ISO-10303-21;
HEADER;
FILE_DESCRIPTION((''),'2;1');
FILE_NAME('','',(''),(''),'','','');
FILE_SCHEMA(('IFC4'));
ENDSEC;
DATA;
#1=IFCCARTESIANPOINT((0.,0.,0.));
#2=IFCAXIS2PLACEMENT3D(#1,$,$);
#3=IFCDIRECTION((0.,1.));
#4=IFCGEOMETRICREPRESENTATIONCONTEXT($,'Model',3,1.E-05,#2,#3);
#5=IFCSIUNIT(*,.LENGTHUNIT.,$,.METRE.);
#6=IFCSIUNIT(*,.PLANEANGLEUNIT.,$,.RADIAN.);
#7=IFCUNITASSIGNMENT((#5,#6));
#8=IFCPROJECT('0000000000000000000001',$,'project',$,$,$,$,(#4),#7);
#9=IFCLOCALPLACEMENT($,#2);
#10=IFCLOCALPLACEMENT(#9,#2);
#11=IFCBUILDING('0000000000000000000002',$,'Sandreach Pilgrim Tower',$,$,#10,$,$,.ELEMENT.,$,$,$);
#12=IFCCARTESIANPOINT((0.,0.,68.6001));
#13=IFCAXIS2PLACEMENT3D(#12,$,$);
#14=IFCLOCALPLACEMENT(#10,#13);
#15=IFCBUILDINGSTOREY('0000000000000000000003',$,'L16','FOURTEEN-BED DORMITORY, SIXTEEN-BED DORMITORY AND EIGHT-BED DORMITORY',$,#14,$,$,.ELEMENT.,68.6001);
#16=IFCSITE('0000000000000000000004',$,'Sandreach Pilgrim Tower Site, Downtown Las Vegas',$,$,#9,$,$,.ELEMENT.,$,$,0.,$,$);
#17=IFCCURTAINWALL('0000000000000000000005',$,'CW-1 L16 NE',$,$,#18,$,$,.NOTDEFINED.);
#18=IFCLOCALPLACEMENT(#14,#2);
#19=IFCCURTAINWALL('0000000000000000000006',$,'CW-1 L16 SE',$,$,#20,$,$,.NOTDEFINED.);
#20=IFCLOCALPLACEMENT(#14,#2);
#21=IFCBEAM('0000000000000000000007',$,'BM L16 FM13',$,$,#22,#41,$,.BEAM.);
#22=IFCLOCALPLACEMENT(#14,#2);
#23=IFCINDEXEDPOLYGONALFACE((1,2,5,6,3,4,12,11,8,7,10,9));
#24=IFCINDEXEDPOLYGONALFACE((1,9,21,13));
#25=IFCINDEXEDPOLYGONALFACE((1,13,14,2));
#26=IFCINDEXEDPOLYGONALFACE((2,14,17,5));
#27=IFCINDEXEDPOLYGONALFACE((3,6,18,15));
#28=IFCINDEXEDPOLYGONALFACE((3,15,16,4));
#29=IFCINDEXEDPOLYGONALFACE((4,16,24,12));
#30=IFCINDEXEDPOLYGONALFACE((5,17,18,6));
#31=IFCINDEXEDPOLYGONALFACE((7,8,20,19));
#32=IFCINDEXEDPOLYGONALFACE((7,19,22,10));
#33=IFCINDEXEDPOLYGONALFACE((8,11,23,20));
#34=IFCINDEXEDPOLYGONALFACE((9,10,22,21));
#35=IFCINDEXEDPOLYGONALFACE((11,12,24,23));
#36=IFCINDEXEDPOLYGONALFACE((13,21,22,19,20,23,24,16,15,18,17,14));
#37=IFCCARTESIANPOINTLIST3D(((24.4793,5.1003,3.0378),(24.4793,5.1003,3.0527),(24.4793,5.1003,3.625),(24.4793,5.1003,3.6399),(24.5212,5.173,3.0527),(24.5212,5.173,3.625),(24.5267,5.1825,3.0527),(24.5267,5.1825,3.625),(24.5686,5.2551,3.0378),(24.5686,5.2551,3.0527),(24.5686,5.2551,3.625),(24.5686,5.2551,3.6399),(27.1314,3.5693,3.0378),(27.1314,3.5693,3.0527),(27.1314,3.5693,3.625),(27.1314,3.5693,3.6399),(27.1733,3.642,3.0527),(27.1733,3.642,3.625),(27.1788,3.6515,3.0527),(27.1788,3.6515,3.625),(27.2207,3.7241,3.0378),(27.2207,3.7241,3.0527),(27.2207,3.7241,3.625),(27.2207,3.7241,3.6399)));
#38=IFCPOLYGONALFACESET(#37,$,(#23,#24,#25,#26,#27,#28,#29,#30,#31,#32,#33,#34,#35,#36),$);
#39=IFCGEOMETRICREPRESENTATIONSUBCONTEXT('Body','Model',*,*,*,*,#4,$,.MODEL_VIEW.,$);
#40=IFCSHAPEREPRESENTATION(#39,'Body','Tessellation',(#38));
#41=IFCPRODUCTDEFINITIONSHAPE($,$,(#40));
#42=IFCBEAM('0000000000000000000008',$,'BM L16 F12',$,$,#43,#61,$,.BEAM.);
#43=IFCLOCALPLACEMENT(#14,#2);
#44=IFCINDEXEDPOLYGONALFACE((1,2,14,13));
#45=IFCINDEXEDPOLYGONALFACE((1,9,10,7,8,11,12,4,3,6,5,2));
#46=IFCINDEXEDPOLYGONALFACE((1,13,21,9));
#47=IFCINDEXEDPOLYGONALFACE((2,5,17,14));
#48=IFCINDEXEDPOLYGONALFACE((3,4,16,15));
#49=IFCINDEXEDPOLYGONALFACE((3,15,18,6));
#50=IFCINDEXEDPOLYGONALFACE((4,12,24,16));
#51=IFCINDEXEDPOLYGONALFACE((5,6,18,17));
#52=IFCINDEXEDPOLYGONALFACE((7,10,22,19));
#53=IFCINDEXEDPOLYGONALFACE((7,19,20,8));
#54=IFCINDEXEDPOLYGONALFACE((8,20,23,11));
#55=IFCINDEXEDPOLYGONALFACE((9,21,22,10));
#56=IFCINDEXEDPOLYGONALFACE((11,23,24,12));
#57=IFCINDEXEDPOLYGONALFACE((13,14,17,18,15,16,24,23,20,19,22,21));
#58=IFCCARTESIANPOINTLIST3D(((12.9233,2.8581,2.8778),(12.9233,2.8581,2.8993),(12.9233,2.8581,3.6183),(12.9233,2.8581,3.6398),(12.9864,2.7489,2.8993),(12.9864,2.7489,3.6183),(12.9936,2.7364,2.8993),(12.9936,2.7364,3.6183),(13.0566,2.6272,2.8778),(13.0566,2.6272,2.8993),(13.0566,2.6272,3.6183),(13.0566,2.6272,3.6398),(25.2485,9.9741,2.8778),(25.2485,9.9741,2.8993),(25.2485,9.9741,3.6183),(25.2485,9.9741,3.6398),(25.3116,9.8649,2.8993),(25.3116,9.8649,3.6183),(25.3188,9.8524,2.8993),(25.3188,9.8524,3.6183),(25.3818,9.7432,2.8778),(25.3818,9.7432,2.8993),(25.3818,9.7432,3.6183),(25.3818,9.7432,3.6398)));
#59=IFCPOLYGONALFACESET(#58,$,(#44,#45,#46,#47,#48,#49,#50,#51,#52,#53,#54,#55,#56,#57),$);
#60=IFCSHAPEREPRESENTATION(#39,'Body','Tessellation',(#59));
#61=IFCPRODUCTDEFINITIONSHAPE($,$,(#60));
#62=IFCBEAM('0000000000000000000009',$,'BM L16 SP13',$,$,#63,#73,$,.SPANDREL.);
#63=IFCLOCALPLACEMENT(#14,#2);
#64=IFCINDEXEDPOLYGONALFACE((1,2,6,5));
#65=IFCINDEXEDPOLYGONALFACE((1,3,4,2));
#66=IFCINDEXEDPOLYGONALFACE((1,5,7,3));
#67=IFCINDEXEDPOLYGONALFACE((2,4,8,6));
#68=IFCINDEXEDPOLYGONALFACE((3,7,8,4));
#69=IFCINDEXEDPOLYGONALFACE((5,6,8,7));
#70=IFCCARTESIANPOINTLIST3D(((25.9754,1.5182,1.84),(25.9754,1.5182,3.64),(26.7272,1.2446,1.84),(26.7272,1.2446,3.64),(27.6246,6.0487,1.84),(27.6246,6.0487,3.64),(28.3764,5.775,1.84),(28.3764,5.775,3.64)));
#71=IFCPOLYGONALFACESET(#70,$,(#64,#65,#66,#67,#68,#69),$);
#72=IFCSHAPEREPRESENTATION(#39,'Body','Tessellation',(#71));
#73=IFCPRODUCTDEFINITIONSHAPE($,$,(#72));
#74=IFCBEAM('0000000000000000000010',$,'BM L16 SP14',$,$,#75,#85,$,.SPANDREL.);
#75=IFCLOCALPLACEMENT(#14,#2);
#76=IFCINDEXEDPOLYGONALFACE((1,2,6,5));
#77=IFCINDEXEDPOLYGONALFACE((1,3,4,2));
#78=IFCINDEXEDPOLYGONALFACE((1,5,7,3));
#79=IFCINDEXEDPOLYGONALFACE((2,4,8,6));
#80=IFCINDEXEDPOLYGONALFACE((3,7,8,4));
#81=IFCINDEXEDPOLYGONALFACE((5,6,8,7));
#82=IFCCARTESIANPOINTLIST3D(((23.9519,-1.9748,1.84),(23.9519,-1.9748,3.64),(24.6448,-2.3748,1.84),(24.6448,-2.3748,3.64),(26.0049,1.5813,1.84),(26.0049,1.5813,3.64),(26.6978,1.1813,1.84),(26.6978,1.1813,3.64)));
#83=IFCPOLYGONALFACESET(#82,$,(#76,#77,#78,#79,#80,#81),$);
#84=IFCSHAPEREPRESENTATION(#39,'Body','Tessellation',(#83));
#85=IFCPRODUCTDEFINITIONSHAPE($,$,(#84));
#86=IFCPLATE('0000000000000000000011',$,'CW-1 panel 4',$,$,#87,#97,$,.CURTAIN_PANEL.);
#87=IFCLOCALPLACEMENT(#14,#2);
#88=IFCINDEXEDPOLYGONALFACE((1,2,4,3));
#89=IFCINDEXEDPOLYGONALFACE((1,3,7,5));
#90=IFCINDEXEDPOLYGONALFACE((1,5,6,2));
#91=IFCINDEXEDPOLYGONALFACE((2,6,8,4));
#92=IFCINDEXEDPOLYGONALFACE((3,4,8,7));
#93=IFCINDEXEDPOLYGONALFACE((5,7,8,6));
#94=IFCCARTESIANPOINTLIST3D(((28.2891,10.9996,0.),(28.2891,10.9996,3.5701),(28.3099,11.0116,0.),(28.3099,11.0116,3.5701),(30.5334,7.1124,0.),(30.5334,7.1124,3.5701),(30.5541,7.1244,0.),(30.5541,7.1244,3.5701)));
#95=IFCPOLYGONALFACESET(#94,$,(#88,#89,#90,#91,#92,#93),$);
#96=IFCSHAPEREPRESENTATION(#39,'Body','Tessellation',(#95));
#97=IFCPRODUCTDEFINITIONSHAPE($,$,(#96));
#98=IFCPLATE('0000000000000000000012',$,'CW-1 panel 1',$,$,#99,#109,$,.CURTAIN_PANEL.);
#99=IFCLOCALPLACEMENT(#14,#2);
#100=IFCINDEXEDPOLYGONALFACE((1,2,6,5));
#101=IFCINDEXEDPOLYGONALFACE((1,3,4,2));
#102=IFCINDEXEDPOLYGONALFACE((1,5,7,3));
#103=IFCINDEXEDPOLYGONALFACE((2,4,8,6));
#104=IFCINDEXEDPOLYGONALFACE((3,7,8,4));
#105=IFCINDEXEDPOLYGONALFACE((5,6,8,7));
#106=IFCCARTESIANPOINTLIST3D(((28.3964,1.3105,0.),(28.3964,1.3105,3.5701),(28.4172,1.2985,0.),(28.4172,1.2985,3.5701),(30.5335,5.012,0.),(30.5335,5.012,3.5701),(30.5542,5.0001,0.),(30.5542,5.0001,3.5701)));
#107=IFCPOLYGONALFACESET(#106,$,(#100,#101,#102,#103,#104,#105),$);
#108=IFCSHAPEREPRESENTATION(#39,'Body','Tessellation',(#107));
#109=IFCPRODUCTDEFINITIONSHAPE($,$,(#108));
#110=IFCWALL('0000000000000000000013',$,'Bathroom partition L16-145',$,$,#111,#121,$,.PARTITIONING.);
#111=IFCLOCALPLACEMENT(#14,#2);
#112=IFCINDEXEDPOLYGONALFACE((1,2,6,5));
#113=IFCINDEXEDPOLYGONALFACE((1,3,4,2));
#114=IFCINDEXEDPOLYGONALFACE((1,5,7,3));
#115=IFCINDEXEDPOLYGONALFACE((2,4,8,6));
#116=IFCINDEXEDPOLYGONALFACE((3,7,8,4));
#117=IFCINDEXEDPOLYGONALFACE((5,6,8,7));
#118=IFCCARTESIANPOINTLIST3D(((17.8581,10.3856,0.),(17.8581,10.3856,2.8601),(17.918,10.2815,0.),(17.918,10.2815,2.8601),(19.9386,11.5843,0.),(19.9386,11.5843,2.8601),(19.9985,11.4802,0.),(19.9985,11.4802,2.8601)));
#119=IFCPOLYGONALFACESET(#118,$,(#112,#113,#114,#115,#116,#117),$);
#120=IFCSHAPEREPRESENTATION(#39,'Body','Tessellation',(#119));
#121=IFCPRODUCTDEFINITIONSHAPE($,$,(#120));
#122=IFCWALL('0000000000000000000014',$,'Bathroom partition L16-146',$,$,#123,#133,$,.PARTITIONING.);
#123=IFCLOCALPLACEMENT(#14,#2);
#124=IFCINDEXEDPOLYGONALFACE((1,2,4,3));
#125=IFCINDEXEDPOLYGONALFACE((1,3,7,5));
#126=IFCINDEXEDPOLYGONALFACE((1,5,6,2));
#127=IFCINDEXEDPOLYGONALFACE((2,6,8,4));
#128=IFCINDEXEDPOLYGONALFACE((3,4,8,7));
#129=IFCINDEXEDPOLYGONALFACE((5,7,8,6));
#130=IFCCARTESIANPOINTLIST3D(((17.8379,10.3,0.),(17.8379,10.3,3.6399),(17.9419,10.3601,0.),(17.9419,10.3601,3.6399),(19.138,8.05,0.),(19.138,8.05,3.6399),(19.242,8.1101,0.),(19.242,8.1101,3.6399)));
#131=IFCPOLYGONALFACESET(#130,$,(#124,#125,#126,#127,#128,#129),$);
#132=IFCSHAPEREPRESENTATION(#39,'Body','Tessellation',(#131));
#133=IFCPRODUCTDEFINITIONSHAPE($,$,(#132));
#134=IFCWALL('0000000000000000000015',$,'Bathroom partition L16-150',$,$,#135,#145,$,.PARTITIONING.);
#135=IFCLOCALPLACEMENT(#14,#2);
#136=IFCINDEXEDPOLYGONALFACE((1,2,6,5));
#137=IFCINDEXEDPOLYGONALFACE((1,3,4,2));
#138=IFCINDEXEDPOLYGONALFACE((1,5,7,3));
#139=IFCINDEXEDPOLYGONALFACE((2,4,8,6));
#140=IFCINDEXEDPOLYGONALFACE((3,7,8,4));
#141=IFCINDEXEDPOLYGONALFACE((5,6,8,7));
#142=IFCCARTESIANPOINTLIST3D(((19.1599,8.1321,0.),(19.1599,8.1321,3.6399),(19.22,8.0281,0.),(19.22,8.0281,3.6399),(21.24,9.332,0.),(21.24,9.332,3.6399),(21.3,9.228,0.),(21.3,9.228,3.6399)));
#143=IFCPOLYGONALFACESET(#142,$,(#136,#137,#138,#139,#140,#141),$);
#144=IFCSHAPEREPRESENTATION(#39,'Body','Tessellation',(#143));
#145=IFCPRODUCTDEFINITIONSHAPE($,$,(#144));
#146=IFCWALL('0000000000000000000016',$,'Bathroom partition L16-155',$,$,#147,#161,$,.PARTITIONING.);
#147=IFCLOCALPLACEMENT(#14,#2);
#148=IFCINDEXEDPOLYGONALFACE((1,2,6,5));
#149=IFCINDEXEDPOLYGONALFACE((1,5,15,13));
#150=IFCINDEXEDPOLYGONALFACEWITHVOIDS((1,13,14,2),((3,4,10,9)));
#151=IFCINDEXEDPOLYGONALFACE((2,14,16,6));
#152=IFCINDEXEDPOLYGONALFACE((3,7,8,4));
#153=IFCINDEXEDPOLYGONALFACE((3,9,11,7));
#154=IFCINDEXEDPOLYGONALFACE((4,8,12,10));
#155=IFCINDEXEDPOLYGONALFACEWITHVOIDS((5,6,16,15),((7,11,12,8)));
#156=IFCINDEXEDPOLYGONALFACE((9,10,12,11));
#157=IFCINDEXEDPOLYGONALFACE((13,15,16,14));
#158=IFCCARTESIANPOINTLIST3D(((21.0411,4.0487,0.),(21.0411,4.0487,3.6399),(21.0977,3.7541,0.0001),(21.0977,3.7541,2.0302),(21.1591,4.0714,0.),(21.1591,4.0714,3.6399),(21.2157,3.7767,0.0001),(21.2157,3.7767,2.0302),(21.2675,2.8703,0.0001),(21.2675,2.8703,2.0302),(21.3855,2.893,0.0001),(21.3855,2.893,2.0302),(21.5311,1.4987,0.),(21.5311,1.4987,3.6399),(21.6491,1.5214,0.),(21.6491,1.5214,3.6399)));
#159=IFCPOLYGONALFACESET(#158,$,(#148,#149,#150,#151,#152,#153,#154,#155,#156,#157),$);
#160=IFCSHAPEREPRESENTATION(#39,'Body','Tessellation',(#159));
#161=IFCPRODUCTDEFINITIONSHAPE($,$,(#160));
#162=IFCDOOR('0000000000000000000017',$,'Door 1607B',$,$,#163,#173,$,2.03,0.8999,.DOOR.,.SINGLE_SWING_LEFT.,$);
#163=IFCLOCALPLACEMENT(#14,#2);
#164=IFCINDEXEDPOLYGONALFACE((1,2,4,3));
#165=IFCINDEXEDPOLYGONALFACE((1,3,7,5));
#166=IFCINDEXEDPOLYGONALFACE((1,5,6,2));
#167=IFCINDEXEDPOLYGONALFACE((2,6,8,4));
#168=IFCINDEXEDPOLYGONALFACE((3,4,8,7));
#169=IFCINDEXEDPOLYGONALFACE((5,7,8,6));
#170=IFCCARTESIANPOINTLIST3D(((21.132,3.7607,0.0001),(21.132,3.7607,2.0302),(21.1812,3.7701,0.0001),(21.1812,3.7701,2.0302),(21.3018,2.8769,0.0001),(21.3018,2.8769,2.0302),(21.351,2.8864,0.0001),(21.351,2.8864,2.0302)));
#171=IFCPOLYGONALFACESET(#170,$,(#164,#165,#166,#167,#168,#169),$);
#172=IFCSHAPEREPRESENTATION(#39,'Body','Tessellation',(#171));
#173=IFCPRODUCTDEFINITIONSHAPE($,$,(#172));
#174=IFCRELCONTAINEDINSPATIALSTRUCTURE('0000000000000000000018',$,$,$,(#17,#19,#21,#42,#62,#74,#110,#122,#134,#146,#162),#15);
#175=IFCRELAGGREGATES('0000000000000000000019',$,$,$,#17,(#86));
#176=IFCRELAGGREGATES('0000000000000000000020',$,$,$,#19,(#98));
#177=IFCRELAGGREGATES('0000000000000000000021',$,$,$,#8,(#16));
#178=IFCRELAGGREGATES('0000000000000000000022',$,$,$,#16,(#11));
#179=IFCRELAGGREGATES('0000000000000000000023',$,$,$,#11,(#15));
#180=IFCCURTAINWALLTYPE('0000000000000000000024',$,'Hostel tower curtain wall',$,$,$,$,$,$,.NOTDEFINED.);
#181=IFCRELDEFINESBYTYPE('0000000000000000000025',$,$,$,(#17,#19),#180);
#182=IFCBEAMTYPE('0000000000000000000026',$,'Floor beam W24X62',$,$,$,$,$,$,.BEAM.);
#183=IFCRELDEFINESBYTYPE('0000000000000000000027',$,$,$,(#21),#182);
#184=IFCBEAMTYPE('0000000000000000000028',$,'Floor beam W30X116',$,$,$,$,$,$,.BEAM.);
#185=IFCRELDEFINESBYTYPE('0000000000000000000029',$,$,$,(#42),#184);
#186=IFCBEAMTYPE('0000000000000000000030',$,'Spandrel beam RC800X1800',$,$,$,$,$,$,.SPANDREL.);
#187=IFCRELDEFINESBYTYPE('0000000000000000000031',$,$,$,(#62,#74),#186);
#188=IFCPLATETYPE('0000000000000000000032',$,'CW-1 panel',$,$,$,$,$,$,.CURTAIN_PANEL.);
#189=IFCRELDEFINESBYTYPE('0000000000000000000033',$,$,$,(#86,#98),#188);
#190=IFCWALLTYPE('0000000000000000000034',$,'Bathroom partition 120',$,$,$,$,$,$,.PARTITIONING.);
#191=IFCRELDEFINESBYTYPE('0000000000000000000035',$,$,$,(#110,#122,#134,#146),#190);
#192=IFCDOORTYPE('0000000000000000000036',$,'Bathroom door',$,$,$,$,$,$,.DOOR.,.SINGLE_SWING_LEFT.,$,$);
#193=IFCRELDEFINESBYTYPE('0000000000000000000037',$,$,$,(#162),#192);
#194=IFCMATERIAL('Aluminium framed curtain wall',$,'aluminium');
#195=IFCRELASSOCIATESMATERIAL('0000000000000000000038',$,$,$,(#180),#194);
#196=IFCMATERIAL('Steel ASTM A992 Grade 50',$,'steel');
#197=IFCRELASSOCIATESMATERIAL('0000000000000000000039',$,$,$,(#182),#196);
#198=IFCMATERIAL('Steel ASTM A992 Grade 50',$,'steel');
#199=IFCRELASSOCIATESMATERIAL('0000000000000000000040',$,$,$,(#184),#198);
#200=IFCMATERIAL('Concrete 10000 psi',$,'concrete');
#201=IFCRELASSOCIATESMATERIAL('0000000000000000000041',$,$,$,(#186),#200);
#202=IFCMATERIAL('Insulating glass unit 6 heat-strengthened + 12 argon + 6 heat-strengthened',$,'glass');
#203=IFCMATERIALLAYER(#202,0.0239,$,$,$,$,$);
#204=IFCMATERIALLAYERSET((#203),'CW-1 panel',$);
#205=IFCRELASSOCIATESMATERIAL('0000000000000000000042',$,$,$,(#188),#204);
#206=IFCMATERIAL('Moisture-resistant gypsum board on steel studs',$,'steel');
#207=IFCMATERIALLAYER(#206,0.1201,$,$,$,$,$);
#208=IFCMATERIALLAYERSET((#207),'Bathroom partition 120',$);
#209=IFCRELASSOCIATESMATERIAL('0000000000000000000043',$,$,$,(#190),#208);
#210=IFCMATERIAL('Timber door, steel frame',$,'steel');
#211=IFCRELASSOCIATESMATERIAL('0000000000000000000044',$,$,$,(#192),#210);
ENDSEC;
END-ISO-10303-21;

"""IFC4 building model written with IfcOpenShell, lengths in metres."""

from ifc_helpers import new_model, si_unit, direction, frame, frame_2d, origin, origin_2d, place, context, subcontext, project, spatial, rectangle, i_section, extrude, material, layer, layer_set, material_profile, profile_set, type_object, element, fill, aggregate, save


model = new_model("IFC4")

# Units and contexts
model_context = context("Model", 3, precision=1e-05, world=origin(), true_north=direction((0.0, 1.0)))
body_context = subcontext(model_context, "Body", "Model", "MODEL_VIEW")
ifc_project = project(units=[si_unit("LENGTHUNIT", "METRE"), si_unit("PLANEANGLEUNIT", "RADIAN")], contexts=[model_context])

# Site, building, storey
site_placement = place(None, origin())
site = spatial("IfcSite", under=ifc_project, at=site_placement, Name="Sandreach Pilgrim Tower Site, Downtown Las Vegas", CompositionType="ELEMENT", RefElevation=0.0)
building_placement = place(site_placement, origin())
building = spatial("IfcBuilding", under=site, at=building_placement, Name="Sandreach Pilgrim Tower", CompositionType="ELEMENT")
storey_placement = place(building_placement, frame((0.0, 0.0, 68.6001)))
storey = spatial("IfcBuildingStorey", under=building, at=storey_placement, Name="L16", Description="FOURTEEN-BED DORMITORY, SIXTEEN-BED DORMITORY AND EIGHT-BED DORMITORY", CompositionType="ELEMENT", Elevation=68.6001)

# Curtain wall
ifc_material_1 = material(Name="Aluminium framed curtain wall", Category="aluminium")
curtain_wall_type = type_object("IfcCurtainWallType", Name="Hostel tower curtain wall", PredefinedType="NOTDEFINED", material=ifc_material_1)
curtain_wall_1_placement = place(storey_placement, origin())
curtain_wall_1 = element("IfcCurtainWall", 1, at=curtain_wall_1_placement, inside=storey, type_object=curtain_wall_type, Name="CW-1 L16 NE", PredefinedType="NOTDEFINED")

# Curtain wall
curtain_wall_2_placement = place(storey_placement, origin())
curtain_wall_2 = element("IfcCurtainWall", 2, at=curtain_wall_2_placement, inside=storey, type_object=curtain_wall_type, Name="CW-1 L16 SE", PredefinedType="NOTDEFINED")

# Beams
ifc_material_2 = material(Name="Steel ASTM A992 Grade 50", Category="steel")
ifc_material_profile_1 = material_profile(ifc_material_2, i_section(OverallWidth=0.1787, OverallDepth=0.6021, WebThickness=0.011, FlangeThickness=0.0149, at=origin_2d()), Name="W24X62")
ifc_profile_set_1 = profile_set([ifc_material_profile_1], Name="Steel ASTM A992 Grade 50")
beam_type_1 = type_object("IfcBeamType", Name="Floor beam W24X62", PredefinedType="BEAM", material=ifc_profile_set_1)
beam_1_placement = place(storey_placement, frame((27.176, 3.6467, 3.3389), z_axis=(-0.866052, 0.499955, 0.0), x_axis=(-0.499955, -0.866052, 0.0)))
element("IfcBeam", 3, at=beam_1_placement, inside=storey, type_object=beam_type_1, Name="BM L16 FM13", PredefinedType="BEAM", context=body_context, shape_type="SweptSolid", body=[
    extrude(i_section(OverallWidth=0.1787, OverallDepth=0.6021, WebThickness=0.011, FlangeThickness=0.0149, at=origin_2d()), origin(), (0.0, 0.0, 1.0), 3.0623),
])
ifc_material_3 = material(Name="Steel ASTM A992 Grade 50", Category="steel")
ifc_material_profile_2 = material_profile(ifc_material_3, i_section(OverallWidth=0.2666, OverallDepth=0.762, WebThickness=0.0144, FlangeThickness=0.0215, at=origin_2d()), Name="W30X116")
ifc_profile_set_2 = profile_set([ifc_material_profile_2], Name="Steel ASTM A992 Grade 50")
beam_type_2 = type_object("IfcBeamType", Name="Floor beam W30X116", PredefinedType="BEAM", material=ifc_profile_set_2)
beam_2_placement = place(storey_placement, frame((25.3152, 9.8586, 3.2588), z_axis=(-0.866025, -0.500001, 0.0), x_axis=(0.500001, -0.866025, 0.0)))
element("IfcBeam", 4, at=beam_2_placement, inside=storey, type_object=beam_type_2, Name="BM L16 F12", PredefinedType="BEAM", context=body_context, shape_type="SweptSolid", body=[
    extrude(i_section(OverallWidth=0.2666, OverallDepth=0.762, WebThickness=0.0144, FlangeThickness=0.0215, at=origin_2d()), origin(), (0.0, 0.0, 1.0), 14.2319),
])
ifc_material_4 = material(Name="Concrete 10000 psi", Category="concrete")
ifc_material_profile_3 = material_profile(ifc_material_4, rectangle(XDim=0.8, YDim=1.8, at=origin_2d()), Name="RC800X1800")
ifc_profile_set_3 = profile_set([ifc_material_profile_3], Name="Concrete 10000 psi")
beam_type_3 = type_object("IfcBeamType", Name="Spandrel beam RC800X1800", PredefinedType="SPANDREL", material=ifc_profile_set_3)
beam_3_placement = place(storey_placement, frame((28.0005, 5.9119, 2.74), z_axis=(-0.342056, -0.93968, 0.0), x_axis=(0.93968, -0.342056, 0.0)))
element("IfcBeam", 5, at=beam_3_placement, inside=storey, type_object=beam_type_3, Name="BM L16 SP13", PredefinedType="SPANDREL", context=body_context, shape_type="SweptSolid", body=[
    extrude(rectangle(XDim=0.8, YDim=1.8, at=origin_2d()), origin(), (0.0, 0.0, 1.0), 4.8213),
])
beam_4_placement = place(storey_placement, frame((26.3513, 1.3813, 2.74), z_axis=(-0.499969, -0.866043, 0.0), x_axis=(0.866043, -0.499969, 0.0)))
element("IfcBeam", 6, at=beam_4_placement, inside=storey, type_object=beam_type_3, Name="BM L16 SP14", PredefinedType="SPANDREL", context=body_context, shape_type="SweptSolid", body=[
    extrude(rectangle(XDim=0.8, YDim=1.8, at=origin_2d()), origin(), (0.0, 0.0, 1.0), 4.1062),
])

# Plates
ifc_material_5 = material(Name="Insulating glass unit 6 heat-strengthened + 12 argon + 6 heat-strengthened", Category="glass")
ifc_layer_1 = layer(ifc_material_5, 0.0239)
ifc_layer_set_1 = layer_set([ifc_layer_1], Name="CW-1 panel")
plate_type = type_object("IfcPlateType", Name="CW-1 panel", PredefinedType="CURTAIN_PANEL", material=ifc_layer_set_1)
plate_1_placement = place(storey_placement, frame((29.4216, 9.062, 0.0), z_axis=(0.0, 0.0, 1.0), x_axis=(0.5, -0.866025, 0.0)))
plate_1 = element("IfcPlate", 7, at=plate_1_placement, type_object=plate_type, Name="CW-1 panel 4", PredefinedType="CURTAIN_PANEL", context=body_context, shape_type="SweptSolid", body=[
    extrude(rectangle(XDim=4.4885, YDim=0.0239, at=origin_2d()), origin(), (0.0, 0.0, 1.0), 3.5701),
])
aggregate(curtain_wall_1, [plate_1])
plate_2_placement = place(storey_placement, frame((29.4753, 3.1553, 0.0), z_axis=(0.0, 0.0, 1.0), x_axis=(-0.5, -0.866025, 0.0)))
plate_2 = element("IfcPlate", 8, at=plate_2_placement, type_object=plate_type, Name="CW-1 panel 1", PredefinedType="CURTAIN_PANEL", context=body_context, shape_type="SweptSolid", body=[
    extrude(rectangle(XDim=4.2742, YDim=0.0239, at=origin_2d()), origin(), (0.0, 0.0, 1.0), 3.5701),
])
aggregate(curtain_wall_2, [plate_2])

# Walls
ifc_material_6 = material(Name="Moisture-resistant gypsum board on steel studs", Category="steel")
ifc_layer_2 = layer(ifc_material_6, 0.1201)
ifc_layer_set_2 = layer_set([ifc_layer_2], Name="Bathroom partition 120")
wall_type_1 = type_object("IfcWallType", Name="Bathroom partition 120", PredefinedType="PARTITIONING", material=ifc_layer_set_2)
wall_1_placement = place(storey_placement, frame((17.8879, 10.3335, 0.0), z_axis=(0.0, 0.0, 1.0), x_axis=(0.866473, 0.499224, 0.0)))
element("IfcWall", 9, at=wall_1_placement, inside=storey, type_object=wall_type_1, Name="Bathroom partition L16-145", PredefinedType="PARTITIONING", context=body_context, shape_type="SweptSolid", body=[
    extrude(rectangle(XDim=2.4011, YDim=0.1201, at=frame_2d((1.2007, 0.0))), origin(), (0.0, 0.0, 1.0), 2.8601),
])
wall_2_placement = place(storey_placement, frame((17.8899, 10.3301, 0.0), z_axis=(0.0, 0.0, 1.0), x_axis=(0.500292, -0.865857, 0.0)))
element("IfcWall", 10, at=wall_2_placement, inside=storey, type_object=wall_type_1, Name="Bathroom partition L16-146", PredefinedType="PARTITIONING", context=body_context, shape_type="SweptSolid", body=[
    extrude(rectangle(XDim=2.5986, YDim=0.1201, at=frame_2d((1.2993, 0.0))), origin(), (0.0, 0.0, 1.0), 3.6399),
])
wall_3_placement = place(storey_placement, frame((19.1899, 8.0801, 0.0), z_axis=(0.0, 0.0, 1.0), x_axis=(0.866203, 0.499693, 0.0)))
element("IfcWall", 11, at=wall_3_placement, inside=storey, type_object=wall_type_1, Name="Bathroom partition L16-150", PredefinedType="PARTITIONING", context=body_context, shape_type="SweptSolid", body=[
    extrude(rectangle(XDim=2.4014, YDim=0.1201, at=frame_2d((1.2007, 0.0))), origin(), (0.0, 0.0, 1.0), 3.6399),
])

# Wall, opening, door
wall_4_placement = place(storey_placement, frame((21.1001, 4.0601, 0.0), z_axis=(0.0, 0.0, 1.0), x_axis=(0.188697, -0.982035, 0.0)))
wall_4 = element("IfcWall", 12, at=wall_4_placement, inside=storey, type_object=wall_type_1, Name="Bathroom partition L16-155", PredefinedType="PARTITIONING", context=body_context, shape_type="SweptSolid", body=[
    extrude(rectangle(XDim=2.5967, YDim=0.1201, at=frame_2d((1.2983, 0.0))), origin(), (0.0, 0.0, 1.0), 3.6399),
])
opening_1_placement = place(wall_4_placement, frame((0.3, 0.0, 0.0)))
opening_1 = element("IfcOpeningElement", 13, at=opening_1_placement, cuts=wall_4, PredefinedType="OPENING", context=body_context, shape_type="SweptSolid", body=[
    extrude(rectangle(XDim=0.8999, YDim=2.03, at=frame_2d((0.45, 1.0151))), frame((0.0, 0.0601, 0.0), z_axis=(0.0, -1.0, 0.0), x_axis=(1.0, 0.0, 0.0)), (0.0, 0.0, 1.0), 0.1201),
])
ifc_material_7 = material(Name="Timber door, steel frame", Category="steel")
door_type_1 = type_object("IfcDoorType", Name="Bathroom door", OperationType="SINGLE_SWING_LEFT", PredefinedType="DOOR", material=ifc_material_7)
door_1_placement = place(opening_1_placement, origin())
door_1 = element("IfcDoor", 14, at=door_1_placement, inside=storey, type_object=door_type_1, Name="Door 1607B", OperationType="SINGLE_SWING_LEFT", OverallHeight=2.03, OverallWidth=0.8999, PredefinedType="DOOR", context=body_context, shape_type="SweptSolid", body=[
    extrude(rectangle(XDim=0.8999, YDim=2.03, at=frame_2d((0.45, 1.0151))), frame((0.0, 0.0249, 0.0), z_axis=(0.0, -1.0, 0.0), x_axis=(1.0, 0.0, 0.0)), (0.0, 0.0, 1.0), 0.05),
])
fill(opening_1, door_1)

save(model, "model.ifc")
